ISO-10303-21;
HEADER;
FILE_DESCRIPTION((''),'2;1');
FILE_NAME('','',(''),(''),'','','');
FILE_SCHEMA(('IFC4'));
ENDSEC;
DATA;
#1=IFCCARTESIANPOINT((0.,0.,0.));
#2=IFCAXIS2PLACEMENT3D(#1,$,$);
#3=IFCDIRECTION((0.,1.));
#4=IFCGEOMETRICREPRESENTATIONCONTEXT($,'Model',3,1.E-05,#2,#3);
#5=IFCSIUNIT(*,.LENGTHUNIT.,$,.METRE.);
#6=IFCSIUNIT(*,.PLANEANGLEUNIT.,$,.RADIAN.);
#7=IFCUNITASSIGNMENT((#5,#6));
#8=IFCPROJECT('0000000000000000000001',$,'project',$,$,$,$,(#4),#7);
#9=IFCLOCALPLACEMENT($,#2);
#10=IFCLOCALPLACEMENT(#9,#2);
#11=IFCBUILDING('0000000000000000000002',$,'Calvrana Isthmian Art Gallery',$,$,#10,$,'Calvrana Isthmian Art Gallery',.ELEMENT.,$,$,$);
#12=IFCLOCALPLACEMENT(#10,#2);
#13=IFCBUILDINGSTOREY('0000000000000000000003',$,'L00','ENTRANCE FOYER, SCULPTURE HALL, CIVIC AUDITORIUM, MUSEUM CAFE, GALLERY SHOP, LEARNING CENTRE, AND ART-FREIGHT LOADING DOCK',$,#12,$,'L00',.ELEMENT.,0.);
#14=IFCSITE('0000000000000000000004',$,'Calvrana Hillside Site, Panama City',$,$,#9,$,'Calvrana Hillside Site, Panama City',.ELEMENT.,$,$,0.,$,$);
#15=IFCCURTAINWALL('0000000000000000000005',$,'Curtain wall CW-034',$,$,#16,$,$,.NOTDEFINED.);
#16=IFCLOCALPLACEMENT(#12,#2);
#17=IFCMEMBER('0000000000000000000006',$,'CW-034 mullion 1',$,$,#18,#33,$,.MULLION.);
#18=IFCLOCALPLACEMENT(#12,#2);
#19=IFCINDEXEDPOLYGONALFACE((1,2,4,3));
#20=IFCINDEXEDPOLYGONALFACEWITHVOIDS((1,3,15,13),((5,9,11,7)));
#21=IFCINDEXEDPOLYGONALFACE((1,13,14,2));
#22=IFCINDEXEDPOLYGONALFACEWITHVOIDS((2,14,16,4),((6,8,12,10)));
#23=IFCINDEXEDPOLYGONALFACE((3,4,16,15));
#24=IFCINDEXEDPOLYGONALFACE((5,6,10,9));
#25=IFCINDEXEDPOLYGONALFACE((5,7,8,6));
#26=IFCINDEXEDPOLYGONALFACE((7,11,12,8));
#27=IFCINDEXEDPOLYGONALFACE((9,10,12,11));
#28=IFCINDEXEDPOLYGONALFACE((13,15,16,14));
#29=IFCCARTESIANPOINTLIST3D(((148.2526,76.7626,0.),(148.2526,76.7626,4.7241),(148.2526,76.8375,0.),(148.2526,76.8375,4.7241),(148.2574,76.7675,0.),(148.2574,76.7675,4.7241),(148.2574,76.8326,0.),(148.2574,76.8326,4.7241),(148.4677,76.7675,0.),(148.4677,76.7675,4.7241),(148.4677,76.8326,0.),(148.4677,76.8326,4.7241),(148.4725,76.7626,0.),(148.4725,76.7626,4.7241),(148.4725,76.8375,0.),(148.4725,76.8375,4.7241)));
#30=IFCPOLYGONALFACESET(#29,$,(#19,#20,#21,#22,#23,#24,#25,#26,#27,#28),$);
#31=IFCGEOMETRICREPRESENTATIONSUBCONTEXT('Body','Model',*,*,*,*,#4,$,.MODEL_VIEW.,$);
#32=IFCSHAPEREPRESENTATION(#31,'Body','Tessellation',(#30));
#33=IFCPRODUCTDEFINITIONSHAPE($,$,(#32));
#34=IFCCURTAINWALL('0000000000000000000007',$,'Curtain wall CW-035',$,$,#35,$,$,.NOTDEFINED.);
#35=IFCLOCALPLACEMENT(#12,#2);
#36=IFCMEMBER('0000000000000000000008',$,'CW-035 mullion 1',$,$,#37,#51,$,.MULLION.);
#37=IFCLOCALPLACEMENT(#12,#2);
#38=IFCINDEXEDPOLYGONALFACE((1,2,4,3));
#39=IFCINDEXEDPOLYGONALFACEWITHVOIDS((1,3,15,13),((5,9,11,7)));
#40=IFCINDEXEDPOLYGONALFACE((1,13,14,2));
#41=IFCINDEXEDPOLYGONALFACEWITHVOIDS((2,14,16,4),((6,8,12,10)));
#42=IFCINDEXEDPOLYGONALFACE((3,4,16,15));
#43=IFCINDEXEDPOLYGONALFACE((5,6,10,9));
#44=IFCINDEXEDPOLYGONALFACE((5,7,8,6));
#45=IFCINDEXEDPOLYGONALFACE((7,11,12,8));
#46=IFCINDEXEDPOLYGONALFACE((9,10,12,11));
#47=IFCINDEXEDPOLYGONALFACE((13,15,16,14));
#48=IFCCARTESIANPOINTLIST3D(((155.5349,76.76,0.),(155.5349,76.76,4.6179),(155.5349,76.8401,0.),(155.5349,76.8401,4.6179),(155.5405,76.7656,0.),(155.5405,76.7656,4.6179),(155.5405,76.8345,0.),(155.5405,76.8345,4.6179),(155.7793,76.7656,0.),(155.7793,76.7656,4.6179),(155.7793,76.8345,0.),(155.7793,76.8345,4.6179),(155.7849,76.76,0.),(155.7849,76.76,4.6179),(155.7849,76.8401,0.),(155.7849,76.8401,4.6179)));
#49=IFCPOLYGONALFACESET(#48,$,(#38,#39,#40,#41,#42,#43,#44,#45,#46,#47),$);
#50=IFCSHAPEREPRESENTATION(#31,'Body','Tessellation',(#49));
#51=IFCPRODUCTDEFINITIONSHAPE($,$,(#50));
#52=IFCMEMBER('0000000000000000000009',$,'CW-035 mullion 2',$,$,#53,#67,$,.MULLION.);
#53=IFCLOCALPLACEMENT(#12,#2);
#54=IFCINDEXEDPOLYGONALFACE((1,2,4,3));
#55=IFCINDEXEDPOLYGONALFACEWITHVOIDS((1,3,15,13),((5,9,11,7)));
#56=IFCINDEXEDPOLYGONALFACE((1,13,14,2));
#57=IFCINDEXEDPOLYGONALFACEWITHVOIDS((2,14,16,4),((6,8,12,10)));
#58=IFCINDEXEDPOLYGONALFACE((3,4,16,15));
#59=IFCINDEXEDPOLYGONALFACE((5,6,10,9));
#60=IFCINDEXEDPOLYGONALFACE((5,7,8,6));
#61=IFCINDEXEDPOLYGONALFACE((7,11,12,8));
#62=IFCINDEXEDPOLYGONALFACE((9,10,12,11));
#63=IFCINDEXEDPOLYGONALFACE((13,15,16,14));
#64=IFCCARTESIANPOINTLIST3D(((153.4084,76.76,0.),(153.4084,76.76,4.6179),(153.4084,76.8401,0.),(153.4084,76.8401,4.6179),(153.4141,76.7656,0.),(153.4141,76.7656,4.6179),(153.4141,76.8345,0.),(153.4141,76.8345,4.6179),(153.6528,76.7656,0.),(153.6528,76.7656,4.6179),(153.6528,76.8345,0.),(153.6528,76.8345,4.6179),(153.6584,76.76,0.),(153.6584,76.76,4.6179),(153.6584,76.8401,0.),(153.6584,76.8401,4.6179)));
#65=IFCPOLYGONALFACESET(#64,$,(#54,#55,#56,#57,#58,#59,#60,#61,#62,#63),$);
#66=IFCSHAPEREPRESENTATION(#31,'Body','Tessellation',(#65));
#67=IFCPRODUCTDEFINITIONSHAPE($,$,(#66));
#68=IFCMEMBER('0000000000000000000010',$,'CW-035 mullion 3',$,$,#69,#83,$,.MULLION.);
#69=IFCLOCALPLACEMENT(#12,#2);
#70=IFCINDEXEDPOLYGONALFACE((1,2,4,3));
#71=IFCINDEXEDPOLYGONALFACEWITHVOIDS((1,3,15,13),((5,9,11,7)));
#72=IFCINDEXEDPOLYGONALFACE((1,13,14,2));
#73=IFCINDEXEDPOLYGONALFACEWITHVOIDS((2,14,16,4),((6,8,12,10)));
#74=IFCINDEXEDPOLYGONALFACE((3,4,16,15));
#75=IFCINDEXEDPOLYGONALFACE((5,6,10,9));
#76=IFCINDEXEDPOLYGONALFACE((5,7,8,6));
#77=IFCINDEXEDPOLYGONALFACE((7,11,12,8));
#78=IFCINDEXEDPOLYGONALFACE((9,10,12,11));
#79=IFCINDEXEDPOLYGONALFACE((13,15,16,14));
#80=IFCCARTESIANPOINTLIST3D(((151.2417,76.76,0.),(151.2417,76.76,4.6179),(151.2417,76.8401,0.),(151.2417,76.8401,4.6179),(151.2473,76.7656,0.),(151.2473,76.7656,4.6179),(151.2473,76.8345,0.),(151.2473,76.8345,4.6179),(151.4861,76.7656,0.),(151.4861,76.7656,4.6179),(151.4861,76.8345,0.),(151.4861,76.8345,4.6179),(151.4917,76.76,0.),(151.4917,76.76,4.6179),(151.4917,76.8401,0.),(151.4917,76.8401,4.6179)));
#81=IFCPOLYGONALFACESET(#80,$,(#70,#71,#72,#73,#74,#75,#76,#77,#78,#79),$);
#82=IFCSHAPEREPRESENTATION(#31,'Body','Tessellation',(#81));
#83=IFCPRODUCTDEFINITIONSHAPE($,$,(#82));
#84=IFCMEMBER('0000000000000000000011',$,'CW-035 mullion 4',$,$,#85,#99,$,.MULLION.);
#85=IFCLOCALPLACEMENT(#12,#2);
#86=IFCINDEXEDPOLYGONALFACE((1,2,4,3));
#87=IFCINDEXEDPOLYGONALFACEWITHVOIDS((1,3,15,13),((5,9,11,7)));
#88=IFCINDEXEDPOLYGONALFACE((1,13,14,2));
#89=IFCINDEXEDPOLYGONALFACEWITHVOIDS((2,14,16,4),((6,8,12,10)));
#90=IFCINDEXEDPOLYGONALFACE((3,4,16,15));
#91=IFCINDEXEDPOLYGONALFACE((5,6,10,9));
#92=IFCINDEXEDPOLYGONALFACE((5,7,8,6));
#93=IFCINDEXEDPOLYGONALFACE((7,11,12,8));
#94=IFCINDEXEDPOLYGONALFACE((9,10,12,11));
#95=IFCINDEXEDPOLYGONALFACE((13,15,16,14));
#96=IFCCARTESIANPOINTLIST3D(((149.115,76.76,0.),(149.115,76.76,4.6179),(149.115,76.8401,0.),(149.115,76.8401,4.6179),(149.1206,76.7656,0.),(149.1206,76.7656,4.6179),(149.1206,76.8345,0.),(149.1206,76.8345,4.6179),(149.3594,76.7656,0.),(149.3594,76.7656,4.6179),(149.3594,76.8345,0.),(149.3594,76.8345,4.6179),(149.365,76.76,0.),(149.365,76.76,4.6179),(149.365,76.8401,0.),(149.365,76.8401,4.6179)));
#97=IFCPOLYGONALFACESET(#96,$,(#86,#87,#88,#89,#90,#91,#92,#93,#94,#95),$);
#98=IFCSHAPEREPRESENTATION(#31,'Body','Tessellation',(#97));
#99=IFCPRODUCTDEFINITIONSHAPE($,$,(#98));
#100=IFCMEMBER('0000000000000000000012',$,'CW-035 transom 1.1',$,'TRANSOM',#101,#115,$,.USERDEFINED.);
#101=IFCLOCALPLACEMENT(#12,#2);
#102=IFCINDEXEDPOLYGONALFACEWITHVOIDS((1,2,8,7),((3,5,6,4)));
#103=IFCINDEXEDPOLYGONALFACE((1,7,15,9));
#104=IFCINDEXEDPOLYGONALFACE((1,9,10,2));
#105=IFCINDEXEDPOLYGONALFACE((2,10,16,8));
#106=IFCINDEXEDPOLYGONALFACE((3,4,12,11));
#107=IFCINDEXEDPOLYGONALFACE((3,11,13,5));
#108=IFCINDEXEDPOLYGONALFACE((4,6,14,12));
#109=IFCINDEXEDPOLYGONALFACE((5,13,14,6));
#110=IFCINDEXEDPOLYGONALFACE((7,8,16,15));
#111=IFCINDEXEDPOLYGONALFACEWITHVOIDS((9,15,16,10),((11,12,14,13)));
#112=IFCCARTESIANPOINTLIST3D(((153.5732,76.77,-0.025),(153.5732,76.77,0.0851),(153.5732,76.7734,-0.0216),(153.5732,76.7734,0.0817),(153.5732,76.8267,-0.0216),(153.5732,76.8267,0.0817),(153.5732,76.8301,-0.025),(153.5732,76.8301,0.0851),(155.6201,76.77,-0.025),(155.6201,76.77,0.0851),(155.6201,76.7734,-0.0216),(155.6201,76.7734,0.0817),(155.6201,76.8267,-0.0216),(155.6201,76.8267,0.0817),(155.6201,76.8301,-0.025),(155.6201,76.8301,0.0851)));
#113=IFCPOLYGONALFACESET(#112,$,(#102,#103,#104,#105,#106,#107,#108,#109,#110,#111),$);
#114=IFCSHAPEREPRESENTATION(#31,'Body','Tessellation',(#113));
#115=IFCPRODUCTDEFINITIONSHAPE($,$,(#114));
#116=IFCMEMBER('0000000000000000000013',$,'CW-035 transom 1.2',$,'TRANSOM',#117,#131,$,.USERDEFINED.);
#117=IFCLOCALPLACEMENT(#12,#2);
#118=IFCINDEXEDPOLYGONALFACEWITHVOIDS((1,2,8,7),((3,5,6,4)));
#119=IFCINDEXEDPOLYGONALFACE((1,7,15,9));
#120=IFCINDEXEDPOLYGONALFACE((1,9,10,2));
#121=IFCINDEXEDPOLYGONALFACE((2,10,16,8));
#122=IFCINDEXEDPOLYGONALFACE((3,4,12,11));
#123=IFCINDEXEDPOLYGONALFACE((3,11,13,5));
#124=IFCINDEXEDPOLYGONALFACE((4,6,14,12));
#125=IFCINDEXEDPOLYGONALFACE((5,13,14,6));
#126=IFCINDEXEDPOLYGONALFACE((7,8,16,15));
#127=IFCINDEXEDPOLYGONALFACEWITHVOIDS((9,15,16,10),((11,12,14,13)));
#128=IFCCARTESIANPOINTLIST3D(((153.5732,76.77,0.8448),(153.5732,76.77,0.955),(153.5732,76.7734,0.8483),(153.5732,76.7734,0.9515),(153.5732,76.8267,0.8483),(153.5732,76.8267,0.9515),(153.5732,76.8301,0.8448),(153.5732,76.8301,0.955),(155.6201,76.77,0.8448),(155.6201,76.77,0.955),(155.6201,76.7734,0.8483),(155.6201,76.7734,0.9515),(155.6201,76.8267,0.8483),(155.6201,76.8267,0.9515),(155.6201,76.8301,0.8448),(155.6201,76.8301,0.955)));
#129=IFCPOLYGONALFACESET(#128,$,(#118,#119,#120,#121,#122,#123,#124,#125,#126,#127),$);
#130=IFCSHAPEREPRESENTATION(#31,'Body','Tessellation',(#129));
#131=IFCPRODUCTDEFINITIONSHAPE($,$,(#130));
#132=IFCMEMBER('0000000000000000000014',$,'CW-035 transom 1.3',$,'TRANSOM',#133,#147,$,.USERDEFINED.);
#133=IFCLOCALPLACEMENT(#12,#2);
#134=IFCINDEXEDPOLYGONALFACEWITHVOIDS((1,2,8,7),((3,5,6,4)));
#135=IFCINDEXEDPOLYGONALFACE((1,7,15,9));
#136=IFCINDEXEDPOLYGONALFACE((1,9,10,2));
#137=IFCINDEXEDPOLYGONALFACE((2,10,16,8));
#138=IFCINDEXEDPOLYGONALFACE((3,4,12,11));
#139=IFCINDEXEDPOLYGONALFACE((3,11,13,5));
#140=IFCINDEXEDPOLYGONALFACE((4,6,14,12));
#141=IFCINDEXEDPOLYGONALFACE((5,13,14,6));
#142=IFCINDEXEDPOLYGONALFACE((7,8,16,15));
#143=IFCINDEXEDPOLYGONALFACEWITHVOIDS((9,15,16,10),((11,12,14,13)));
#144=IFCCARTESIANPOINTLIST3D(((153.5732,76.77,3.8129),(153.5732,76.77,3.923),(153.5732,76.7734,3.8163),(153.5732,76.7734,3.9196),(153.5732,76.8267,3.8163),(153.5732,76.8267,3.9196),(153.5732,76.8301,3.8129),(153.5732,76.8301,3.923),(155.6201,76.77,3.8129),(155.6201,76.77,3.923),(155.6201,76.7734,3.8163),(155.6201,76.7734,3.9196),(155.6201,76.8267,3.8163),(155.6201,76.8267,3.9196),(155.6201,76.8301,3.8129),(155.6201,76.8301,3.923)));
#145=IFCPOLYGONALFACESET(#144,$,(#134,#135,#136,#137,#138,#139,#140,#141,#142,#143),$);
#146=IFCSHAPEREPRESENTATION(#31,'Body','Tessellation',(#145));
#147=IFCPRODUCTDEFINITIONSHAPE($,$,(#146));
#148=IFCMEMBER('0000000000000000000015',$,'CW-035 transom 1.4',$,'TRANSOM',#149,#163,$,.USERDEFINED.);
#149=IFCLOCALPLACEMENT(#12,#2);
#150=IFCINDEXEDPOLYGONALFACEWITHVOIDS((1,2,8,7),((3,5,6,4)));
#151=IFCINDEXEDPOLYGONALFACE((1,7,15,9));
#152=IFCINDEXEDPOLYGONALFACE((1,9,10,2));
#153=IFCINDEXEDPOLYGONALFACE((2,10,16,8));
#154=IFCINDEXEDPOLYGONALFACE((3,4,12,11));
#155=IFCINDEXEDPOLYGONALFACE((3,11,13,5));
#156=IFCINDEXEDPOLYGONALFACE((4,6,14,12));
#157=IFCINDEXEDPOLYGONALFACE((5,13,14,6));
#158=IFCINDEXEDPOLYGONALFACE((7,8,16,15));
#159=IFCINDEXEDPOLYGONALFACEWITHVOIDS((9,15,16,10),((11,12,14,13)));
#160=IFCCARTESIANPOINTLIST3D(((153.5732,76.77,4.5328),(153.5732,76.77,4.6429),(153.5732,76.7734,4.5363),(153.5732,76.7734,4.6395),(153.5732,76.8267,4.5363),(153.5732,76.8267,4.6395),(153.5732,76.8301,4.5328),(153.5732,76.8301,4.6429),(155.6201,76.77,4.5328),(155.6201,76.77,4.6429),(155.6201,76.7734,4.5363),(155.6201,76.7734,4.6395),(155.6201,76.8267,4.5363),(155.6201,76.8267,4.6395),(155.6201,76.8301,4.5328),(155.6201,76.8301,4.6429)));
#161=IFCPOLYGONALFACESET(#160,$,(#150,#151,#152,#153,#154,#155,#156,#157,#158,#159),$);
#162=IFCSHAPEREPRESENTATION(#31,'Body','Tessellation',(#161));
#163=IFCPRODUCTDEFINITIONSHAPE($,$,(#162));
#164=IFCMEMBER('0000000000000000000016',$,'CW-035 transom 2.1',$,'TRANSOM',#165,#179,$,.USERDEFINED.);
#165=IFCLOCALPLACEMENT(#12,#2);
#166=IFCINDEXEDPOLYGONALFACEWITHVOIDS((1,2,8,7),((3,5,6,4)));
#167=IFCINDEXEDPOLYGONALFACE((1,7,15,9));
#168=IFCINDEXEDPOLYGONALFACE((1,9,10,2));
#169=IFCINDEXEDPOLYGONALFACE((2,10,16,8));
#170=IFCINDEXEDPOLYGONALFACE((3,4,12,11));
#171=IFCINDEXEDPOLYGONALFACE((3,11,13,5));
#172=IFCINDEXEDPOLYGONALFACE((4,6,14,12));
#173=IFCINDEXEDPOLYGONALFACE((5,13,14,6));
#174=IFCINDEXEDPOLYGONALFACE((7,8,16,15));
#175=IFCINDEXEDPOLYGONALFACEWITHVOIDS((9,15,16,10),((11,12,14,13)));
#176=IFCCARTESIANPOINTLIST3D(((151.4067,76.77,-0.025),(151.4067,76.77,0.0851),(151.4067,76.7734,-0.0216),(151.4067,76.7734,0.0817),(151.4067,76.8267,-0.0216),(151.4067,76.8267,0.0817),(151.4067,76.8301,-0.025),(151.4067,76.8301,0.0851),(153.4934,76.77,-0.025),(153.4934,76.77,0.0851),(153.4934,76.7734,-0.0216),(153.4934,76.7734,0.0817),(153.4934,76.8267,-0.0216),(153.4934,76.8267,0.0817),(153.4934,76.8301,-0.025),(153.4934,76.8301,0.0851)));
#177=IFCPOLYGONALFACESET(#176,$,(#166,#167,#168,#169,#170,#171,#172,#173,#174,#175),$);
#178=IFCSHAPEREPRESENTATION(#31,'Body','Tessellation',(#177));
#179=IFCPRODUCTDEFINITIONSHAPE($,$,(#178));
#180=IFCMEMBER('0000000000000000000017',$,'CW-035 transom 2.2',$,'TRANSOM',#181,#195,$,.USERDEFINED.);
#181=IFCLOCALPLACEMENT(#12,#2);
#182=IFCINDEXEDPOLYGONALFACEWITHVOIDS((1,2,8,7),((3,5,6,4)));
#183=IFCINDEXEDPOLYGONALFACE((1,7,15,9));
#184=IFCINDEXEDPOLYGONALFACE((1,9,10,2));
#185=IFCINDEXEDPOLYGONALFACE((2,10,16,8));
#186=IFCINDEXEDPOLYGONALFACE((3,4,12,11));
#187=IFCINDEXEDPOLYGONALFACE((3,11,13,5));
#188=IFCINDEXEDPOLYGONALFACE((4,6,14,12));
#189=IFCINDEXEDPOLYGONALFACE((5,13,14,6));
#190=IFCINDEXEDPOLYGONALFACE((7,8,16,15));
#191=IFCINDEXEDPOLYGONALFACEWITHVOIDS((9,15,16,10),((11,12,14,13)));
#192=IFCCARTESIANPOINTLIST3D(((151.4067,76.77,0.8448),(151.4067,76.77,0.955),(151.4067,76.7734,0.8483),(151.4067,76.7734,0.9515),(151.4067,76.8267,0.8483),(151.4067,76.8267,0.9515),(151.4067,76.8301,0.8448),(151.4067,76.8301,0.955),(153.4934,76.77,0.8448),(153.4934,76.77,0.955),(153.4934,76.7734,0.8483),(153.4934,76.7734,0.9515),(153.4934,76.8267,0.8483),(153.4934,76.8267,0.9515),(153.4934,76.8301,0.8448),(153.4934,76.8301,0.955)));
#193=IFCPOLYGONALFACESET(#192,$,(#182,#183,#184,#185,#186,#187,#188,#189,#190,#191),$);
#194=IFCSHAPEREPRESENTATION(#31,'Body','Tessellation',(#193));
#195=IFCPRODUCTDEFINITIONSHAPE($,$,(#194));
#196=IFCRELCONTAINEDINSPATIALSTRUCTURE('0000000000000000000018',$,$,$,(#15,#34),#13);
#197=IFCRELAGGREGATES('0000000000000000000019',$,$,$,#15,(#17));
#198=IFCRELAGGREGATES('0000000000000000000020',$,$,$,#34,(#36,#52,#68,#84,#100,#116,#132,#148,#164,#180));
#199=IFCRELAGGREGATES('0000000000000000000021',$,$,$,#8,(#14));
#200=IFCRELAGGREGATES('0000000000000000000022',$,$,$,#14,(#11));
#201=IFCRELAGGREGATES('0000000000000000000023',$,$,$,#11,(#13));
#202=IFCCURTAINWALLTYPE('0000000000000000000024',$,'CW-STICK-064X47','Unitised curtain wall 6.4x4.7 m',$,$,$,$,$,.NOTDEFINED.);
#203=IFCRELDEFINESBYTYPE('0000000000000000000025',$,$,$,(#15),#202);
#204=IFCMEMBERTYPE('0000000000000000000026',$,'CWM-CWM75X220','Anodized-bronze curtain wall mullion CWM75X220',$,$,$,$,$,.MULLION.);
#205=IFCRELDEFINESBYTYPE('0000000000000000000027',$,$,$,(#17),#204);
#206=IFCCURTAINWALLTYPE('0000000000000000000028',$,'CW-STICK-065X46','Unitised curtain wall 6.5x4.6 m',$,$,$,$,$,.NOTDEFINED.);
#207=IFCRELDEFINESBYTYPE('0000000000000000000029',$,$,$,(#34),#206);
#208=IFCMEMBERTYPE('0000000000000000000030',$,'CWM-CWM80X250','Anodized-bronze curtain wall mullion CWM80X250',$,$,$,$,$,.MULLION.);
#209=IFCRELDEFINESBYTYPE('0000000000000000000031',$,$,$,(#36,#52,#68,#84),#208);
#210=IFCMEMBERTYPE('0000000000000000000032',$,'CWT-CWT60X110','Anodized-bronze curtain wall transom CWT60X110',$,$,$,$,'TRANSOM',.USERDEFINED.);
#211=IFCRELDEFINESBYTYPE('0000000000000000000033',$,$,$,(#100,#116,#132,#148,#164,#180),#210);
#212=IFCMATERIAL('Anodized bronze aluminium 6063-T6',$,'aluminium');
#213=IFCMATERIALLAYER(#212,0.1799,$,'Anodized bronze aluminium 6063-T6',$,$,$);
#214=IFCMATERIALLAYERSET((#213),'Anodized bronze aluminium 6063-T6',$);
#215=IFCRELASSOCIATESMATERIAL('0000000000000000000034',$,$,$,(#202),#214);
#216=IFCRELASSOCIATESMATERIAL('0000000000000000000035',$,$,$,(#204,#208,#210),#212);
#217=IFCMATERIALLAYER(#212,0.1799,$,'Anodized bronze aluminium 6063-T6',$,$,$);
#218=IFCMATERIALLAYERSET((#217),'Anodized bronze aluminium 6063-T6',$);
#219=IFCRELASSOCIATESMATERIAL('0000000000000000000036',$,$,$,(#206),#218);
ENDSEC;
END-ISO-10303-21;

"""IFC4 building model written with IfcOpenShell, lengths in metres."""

from ifc_helpers import new_model, si_unit, direction, frame, origin, origin_2d, place, context, subcontext, project, spatial, hollow_rectangle, extrude, material, layer, layer_set, material_profile, profile_set, type_object, element, aggregate, save


model = new_model("IFC4")

# Units and contexts
model_context = context("Model", 3, precision=1e-05, world=origin(), true_north=direction((0.0, 1.0)))
body_context = subcontext(model_context, "Body", "Model", "MODEL_VIEW")
ifc_project = project(units=[si_unit("LENGTHUNIT", "METRE"), si_unit("PLANEANGLEUNIT", "RADIAN")], contexts=[model_context])

# Site, building, storey
site_placement = place(None, origin())
site = spatial("IfcSite", under=ifc_project, at=site_placement, Name="Calvrana Hillside Site, Panama City", LongName="Calvrana Hillside Site, Panama City", CompositionType="ELEMENT", RefElevation=0.0)
building_placement = place(site_placement, origin())
building = spatial("IfcBuilding", under=site, at=building_placement, Name="Calvrana Isthmian Art Gallery", LongName="Calvrana Isthmian Art Gallery", CompositionType="ELEMENT")
storey_placement = place(building_placement, origin())
storey = spatial("IfcBuildingStorey", under=building, at=storey_placement, Name="L00", Description="ENTRANCE FOYER, SCULPTURE HALL, CIVIC AUDITORIUM, MUSEUM CAFE, GALLERY SHOP, LEARNING CENTRE, AND ART-FREIGHT LOADING DOCK", LongName="L00", CompositionType="ELEMENT", Elevation=0.0)

# Curtain wall, member
ifc_material_1 = material(Name="Anodized bronze aluminium 6063-T6", Category="aluminium")
ifc_layer_1 = layer(ifc_material_1, 0.1799, Name="Anodized bronze aluminium 6063-T6")
ifc_layer_set_1 = layer_set([ifc_layer_1], Name="Anodized bronze aluminium 6063-T6")
curtain_wall_type_1 = type_object("IfcCurtainWallType", Name="CW-STICK-064X47", Description="Unitised curtain wall 6.4x4.7 m", PredefinedType="NOTDEFINED", material=ifc_layer_set_1)
curtain_wall_1_placement = place(storey_placement, origin())
curtain_wall_1 = element("IfcCurtainWall", 1, at=curtain_wall_1_placement, inside=storey, type_object=curtain_wall_type_1, Name="Curtain wall CW-034", PredefinedType="NOTDEFINED")
ifc_material_profile_1 = material_profile(ifc_material_1, hollow_rectangle(XDim=0.075, YDim=0.22, WallThickness=0.0049, at=origin_2d()), Name="CWM75X220")
ifc_profile_set_1 = profile_set([ifc_material_profile_1], Name="Anodized bronze aluminium 6063-T6")
member_type_1 = type_object("IfcMemberType", Name="CWM-CWM75X220", Description="Anodized-bronze curtain wall mullion CWM75X220", PredefinedType="MULLION", material=ifc_profile_set_1)
member_1_placement = place(storey_placement, frame((148.3625, 76.8, 0.0), z_axis=(0.0, 0.0, 1.0), x_axis=(0.0, -1.0, 0.0)))
member_1 = element("IfcMember", 2, at=member_1_placement, type_object=member_type_1, Name="CW-034 mullion 1", PredefinedType="MULLION", context=body_context, shape_type="SweptSolid", body=[
    extrude(hollow_rectangle(XDim=0.075, YDim=0.22, WallThickness=0.0049, at=origin_2d()), origin(), (0.0, 0.0, 1.0), 4.7241),
])
aggregate(curtain_wall_1, [member_1])

# Curtain wall, members
ifc_layer_2 = layer(ifc_material_1, 0.1799, Name="Anodized bronze aluminium 6063-T6")
ifc_layer_set_2 = layer_set([ifc_layer_2], Name="Anodized bronze aluminium 6063-T6")
curtain_wall_type_2 = type_object("IfcCurtainWallType", Name="CW-STICK-065X46", Description="Unitised curtain wall 6.5x4.6 m", PredefinedType="NOTDEFINED", material=ifc_layer_set_2)
curtain_wall_2_placement = place(storey_placement, origin())
curtain_wall_2 = element("IfcCurtainWall", 3, at=curtain_wall_2_placement, inside=storey, type_object=curtain_wall_type_2, Name="Curtain wall CW-035", PredefinedType="NOTDEFINED")
ifc_material_profile_2 = material_profile(ifc_material_1, hollow_rectangle(XDim=0.0801, YDim=0.25, WallThickness=0.0056, at=origin_2d()), Name="CWM80X250")
ifc_profile_set_2 = profile_set([ifc_material_profile_2], Name="Anodized bronze aluminium 6063-T6")
member_type_2 = type_object("IfcMemberType", Name="CWM-CWM80X250", Description="Anodized-bronze curtain wall mullion CWM80X250", PredefinedType="MULLION", material=ifc_profile_set_2)
member_2_placement = place(storey_placement, frame((155.6599, 76.8, 0.0), z_axis=(0.0, 0.0, 1.0), x_axis=(0.0, -1.0, 0.0)))
member_2 = element("IfcMember", 4, at=member_2_placement, type_object=member_type_2, Name="CW-035 mullion 1", PredefinedType="MULLION", context=body_context, shape_type="SweptSolid", body=[
    extrude(hollow_rectangle(XDim=0.0801, YDim=0.25, WallThickness=0.0056, at=origin_2d()), origin(), (0.0, 0.0, 1.0), 4.6179),
])
member_3_placement = place(storey_placement, frame((153.5334, 76.8, 0.0), z_axis=(0.0, 0.0, 1.0), x_axis=(0.0, -1.0, 0.0)))
member_3 = element("IfcMember", 5, at=member_3_placement, type_object=member_type_2, Name="CW-035 mullion 2", PredefinedType="MULLION", context=body_context, shape_type="SweptSolid", body=[
    extrude(hollow_rectangle(XDim=0.0801, YDim=0.25, WallThickness=0.0056, at=origin_2d()), origin(), (0.0, 0.0, 1.0), 4.6179),
])
member_4_placement = place(storey_placement, frame((151.3667, 76.8, 0.0), z_axis=(0.0, 0.0, 1.0), x_axis=(0.0, -1.0, 0.0)))
member_4 = element("IfcMember", 6, at=member_4_placement, type_object=member_type_2, Name="CW-035 mullion 3", PredefinedType="MULLION", context=body_context, shape_type="SweptSolid", body=[
    extrude(hollow_rectangle(XDim=0.0801, YDim=0.25, WallThickness=0.0056, at=origin_2d()), origin(), (0.0, 0.0, 1.0), 4.6179),
])
member_5_placement = place(storey_placement, frame((149.24, 76.8, 0.0), z_axis=(0.0, 0.0, 1.0), x_axis=(0.0, -1.0, 0.0)))
member_5 = element("IfcMember", 7, at=member_5_placement, type_object=member_type_2, Name="CW-035 mullion 4", PredefinedType="MULLION", context=body_context, shape_type="SweptSolid", body=[
    extrude(hollow_rectangle(XDim=0.0801, YDim=0.25, WallThickness=0.0056, at=origin_2d()), origin(), (0.0, 0.0, 1.0), 4.6179),
])
ifc_material_profile_3 = material_profile(ifc_material_1, hollow_rectangle(XDim=0.0601, YDim=0.1101, WallThickness=0.0034, at=origin_2d()), Name="CWT60X110")
ifc_profile_set_3 = profile_set([ifc_material_profile_3], Name="Anodized bronze aluminium 6063-T6")
member_type_3 = type_object("IfcMemberType", Name="CWT-CWT60X110", Description="Anodized-bronze curtain wall transom CWT60X110", ElementType="TRANSOM", PredefinedType="USERDEFINED", material=ifc_profile_set_3)
member_6_placement = place(storey_placement, frame((155.6201, 76.8, 0.03), z_axis=(-1.0, 0.0, 0.0), x_axis=(0.0, -1.0, 0.0)))
member_6 = element("IfcMember", 8, at=member_6_placement, type_object=member_type_3, Name="CW-035 transom 1.1", ObjectType="TRANSOM", PredefinedType="USERDEFINED", context=body_context, shape_type="SweptSolid", body=[
    extrude(hollow_rectangle(XDim=0.0601, YDim=0.1101, WallThickness=0.0034, at=origin_2d()), origin(), (0.0, 0.0, 1.0), 2.0469),
])
member_7_placement = place(storey_placement, frame((155.6201, 76.8, 0.8999), z_axis=(-1.0, 0.0, 0.0), x_axis=(0.0, -1.0, 0.0)))
member_7 = element("IfcMember", 9, at=member_7_placement, type_object=member_type_3, Name="CW-035 transom 1.2", ObjectType="TRANSOM", PredefinedType="USERDEFINED", context=body_context, shape_type="SweptSolid", body=[
    extrude(hollow_rectangle(XDim=0.0601, YDim=0.1101, WallThickness=0.0034, at=origin_2d()), origin(), (0.0, 0.0, 1.0), 2.0469),
])
member_8_placement = place(storey_placement, frame((155.6201, 76.8, 3.8679), z_axis=(-1.0, 0.0, 0.0), x_axis=(0.0, -1.0, 0.0)))
member_8 = element("IfcMember", 10, at=member_8_placement, type_object=member_type_3, Name="CW-035 transom 1.3", ObjectType="TRANSOM", PredefinedType="USERDEFINED", context=body_context, shape_type="SweptSolid", body=[
    extrude(hollow_rectangle(XDim=0.0601, YDim=0.1101, WallThickness=0.0034, at=origin_2d()), origin(), (0.0, 0.0, 1.0), 2.0469),
])
member_9_placement = place(storey_placement, frame((155.6201, 76.8, 4.5879), z_axis=(-1.0, 0.0, 0.0), x_axis=(0.0, -1.0, 0.0)))
member_9 = element("IfcMember", 11, at=member_9_placement, type_object=member_type_3, Name="CW-035 transom 1.4", ObjectType="TRANSOM", PredefinedType="USERDEFINED", context=body_context, shape_type="SweptSolid", body=[
    extrude(hollow_rectangle(XDim=0.0601, YDim=0.1101, WallThickness=0.0034, at=origin_2d()), origin(), (0.0, 0.0, 1.0), 2.0469),
])
member_10_placement = place(storey_placement, frame((153.4934, 76.8, 0.03), z_axis=(-1.0, 0.0, 0.0), x_axis=(0.0, -1.0, 0.0)))
member_10 = element("IfcMember", 12, at=member_10_placement, type_object=member_type_3, Name="CW-035 transom 2.1", ObjectType="TRANSOM", PredefinedType="USERDEFINED", context=body_context, shape_type="SweptSolid", body=[
    extrude(hollow_rectangle(XDim=0.0601, YDim=0.1101, WallThickness=0.0034, at=origin_2d()), origin(), (0.0, 0.0, 1.0), 2.0867),
])
member_11_placement = place(storey_placement, frame((153.4934, 76.8, 0.8999), z_axis=(-1.0, 0.0, 0.0), x_axis=(0.0, -1.0, 0.0)))
member_11 = element("IfcMember", 13, at=member_11_placement, type_object=member_type_3, Name="CW-035 transom 2.2", ObjectType="TRANSOM", PredefinedType="USERDEFINED", context=body_context, shape_type="SweptSolid", body=[
    extrude(hollow_rectangle(XDim=0.0601, YDim=0.1101, WallThickness=0.0034, at=origin_2d()), origin(), (0.0, 0.0, 1.0), 2.0867),
])
aggregate(curtain_wall_2, [member_2, member_3, member_4, member_5, member_6, member_7, member_8, member_9, member_10, member_11])

save(model, "model.ifc")
